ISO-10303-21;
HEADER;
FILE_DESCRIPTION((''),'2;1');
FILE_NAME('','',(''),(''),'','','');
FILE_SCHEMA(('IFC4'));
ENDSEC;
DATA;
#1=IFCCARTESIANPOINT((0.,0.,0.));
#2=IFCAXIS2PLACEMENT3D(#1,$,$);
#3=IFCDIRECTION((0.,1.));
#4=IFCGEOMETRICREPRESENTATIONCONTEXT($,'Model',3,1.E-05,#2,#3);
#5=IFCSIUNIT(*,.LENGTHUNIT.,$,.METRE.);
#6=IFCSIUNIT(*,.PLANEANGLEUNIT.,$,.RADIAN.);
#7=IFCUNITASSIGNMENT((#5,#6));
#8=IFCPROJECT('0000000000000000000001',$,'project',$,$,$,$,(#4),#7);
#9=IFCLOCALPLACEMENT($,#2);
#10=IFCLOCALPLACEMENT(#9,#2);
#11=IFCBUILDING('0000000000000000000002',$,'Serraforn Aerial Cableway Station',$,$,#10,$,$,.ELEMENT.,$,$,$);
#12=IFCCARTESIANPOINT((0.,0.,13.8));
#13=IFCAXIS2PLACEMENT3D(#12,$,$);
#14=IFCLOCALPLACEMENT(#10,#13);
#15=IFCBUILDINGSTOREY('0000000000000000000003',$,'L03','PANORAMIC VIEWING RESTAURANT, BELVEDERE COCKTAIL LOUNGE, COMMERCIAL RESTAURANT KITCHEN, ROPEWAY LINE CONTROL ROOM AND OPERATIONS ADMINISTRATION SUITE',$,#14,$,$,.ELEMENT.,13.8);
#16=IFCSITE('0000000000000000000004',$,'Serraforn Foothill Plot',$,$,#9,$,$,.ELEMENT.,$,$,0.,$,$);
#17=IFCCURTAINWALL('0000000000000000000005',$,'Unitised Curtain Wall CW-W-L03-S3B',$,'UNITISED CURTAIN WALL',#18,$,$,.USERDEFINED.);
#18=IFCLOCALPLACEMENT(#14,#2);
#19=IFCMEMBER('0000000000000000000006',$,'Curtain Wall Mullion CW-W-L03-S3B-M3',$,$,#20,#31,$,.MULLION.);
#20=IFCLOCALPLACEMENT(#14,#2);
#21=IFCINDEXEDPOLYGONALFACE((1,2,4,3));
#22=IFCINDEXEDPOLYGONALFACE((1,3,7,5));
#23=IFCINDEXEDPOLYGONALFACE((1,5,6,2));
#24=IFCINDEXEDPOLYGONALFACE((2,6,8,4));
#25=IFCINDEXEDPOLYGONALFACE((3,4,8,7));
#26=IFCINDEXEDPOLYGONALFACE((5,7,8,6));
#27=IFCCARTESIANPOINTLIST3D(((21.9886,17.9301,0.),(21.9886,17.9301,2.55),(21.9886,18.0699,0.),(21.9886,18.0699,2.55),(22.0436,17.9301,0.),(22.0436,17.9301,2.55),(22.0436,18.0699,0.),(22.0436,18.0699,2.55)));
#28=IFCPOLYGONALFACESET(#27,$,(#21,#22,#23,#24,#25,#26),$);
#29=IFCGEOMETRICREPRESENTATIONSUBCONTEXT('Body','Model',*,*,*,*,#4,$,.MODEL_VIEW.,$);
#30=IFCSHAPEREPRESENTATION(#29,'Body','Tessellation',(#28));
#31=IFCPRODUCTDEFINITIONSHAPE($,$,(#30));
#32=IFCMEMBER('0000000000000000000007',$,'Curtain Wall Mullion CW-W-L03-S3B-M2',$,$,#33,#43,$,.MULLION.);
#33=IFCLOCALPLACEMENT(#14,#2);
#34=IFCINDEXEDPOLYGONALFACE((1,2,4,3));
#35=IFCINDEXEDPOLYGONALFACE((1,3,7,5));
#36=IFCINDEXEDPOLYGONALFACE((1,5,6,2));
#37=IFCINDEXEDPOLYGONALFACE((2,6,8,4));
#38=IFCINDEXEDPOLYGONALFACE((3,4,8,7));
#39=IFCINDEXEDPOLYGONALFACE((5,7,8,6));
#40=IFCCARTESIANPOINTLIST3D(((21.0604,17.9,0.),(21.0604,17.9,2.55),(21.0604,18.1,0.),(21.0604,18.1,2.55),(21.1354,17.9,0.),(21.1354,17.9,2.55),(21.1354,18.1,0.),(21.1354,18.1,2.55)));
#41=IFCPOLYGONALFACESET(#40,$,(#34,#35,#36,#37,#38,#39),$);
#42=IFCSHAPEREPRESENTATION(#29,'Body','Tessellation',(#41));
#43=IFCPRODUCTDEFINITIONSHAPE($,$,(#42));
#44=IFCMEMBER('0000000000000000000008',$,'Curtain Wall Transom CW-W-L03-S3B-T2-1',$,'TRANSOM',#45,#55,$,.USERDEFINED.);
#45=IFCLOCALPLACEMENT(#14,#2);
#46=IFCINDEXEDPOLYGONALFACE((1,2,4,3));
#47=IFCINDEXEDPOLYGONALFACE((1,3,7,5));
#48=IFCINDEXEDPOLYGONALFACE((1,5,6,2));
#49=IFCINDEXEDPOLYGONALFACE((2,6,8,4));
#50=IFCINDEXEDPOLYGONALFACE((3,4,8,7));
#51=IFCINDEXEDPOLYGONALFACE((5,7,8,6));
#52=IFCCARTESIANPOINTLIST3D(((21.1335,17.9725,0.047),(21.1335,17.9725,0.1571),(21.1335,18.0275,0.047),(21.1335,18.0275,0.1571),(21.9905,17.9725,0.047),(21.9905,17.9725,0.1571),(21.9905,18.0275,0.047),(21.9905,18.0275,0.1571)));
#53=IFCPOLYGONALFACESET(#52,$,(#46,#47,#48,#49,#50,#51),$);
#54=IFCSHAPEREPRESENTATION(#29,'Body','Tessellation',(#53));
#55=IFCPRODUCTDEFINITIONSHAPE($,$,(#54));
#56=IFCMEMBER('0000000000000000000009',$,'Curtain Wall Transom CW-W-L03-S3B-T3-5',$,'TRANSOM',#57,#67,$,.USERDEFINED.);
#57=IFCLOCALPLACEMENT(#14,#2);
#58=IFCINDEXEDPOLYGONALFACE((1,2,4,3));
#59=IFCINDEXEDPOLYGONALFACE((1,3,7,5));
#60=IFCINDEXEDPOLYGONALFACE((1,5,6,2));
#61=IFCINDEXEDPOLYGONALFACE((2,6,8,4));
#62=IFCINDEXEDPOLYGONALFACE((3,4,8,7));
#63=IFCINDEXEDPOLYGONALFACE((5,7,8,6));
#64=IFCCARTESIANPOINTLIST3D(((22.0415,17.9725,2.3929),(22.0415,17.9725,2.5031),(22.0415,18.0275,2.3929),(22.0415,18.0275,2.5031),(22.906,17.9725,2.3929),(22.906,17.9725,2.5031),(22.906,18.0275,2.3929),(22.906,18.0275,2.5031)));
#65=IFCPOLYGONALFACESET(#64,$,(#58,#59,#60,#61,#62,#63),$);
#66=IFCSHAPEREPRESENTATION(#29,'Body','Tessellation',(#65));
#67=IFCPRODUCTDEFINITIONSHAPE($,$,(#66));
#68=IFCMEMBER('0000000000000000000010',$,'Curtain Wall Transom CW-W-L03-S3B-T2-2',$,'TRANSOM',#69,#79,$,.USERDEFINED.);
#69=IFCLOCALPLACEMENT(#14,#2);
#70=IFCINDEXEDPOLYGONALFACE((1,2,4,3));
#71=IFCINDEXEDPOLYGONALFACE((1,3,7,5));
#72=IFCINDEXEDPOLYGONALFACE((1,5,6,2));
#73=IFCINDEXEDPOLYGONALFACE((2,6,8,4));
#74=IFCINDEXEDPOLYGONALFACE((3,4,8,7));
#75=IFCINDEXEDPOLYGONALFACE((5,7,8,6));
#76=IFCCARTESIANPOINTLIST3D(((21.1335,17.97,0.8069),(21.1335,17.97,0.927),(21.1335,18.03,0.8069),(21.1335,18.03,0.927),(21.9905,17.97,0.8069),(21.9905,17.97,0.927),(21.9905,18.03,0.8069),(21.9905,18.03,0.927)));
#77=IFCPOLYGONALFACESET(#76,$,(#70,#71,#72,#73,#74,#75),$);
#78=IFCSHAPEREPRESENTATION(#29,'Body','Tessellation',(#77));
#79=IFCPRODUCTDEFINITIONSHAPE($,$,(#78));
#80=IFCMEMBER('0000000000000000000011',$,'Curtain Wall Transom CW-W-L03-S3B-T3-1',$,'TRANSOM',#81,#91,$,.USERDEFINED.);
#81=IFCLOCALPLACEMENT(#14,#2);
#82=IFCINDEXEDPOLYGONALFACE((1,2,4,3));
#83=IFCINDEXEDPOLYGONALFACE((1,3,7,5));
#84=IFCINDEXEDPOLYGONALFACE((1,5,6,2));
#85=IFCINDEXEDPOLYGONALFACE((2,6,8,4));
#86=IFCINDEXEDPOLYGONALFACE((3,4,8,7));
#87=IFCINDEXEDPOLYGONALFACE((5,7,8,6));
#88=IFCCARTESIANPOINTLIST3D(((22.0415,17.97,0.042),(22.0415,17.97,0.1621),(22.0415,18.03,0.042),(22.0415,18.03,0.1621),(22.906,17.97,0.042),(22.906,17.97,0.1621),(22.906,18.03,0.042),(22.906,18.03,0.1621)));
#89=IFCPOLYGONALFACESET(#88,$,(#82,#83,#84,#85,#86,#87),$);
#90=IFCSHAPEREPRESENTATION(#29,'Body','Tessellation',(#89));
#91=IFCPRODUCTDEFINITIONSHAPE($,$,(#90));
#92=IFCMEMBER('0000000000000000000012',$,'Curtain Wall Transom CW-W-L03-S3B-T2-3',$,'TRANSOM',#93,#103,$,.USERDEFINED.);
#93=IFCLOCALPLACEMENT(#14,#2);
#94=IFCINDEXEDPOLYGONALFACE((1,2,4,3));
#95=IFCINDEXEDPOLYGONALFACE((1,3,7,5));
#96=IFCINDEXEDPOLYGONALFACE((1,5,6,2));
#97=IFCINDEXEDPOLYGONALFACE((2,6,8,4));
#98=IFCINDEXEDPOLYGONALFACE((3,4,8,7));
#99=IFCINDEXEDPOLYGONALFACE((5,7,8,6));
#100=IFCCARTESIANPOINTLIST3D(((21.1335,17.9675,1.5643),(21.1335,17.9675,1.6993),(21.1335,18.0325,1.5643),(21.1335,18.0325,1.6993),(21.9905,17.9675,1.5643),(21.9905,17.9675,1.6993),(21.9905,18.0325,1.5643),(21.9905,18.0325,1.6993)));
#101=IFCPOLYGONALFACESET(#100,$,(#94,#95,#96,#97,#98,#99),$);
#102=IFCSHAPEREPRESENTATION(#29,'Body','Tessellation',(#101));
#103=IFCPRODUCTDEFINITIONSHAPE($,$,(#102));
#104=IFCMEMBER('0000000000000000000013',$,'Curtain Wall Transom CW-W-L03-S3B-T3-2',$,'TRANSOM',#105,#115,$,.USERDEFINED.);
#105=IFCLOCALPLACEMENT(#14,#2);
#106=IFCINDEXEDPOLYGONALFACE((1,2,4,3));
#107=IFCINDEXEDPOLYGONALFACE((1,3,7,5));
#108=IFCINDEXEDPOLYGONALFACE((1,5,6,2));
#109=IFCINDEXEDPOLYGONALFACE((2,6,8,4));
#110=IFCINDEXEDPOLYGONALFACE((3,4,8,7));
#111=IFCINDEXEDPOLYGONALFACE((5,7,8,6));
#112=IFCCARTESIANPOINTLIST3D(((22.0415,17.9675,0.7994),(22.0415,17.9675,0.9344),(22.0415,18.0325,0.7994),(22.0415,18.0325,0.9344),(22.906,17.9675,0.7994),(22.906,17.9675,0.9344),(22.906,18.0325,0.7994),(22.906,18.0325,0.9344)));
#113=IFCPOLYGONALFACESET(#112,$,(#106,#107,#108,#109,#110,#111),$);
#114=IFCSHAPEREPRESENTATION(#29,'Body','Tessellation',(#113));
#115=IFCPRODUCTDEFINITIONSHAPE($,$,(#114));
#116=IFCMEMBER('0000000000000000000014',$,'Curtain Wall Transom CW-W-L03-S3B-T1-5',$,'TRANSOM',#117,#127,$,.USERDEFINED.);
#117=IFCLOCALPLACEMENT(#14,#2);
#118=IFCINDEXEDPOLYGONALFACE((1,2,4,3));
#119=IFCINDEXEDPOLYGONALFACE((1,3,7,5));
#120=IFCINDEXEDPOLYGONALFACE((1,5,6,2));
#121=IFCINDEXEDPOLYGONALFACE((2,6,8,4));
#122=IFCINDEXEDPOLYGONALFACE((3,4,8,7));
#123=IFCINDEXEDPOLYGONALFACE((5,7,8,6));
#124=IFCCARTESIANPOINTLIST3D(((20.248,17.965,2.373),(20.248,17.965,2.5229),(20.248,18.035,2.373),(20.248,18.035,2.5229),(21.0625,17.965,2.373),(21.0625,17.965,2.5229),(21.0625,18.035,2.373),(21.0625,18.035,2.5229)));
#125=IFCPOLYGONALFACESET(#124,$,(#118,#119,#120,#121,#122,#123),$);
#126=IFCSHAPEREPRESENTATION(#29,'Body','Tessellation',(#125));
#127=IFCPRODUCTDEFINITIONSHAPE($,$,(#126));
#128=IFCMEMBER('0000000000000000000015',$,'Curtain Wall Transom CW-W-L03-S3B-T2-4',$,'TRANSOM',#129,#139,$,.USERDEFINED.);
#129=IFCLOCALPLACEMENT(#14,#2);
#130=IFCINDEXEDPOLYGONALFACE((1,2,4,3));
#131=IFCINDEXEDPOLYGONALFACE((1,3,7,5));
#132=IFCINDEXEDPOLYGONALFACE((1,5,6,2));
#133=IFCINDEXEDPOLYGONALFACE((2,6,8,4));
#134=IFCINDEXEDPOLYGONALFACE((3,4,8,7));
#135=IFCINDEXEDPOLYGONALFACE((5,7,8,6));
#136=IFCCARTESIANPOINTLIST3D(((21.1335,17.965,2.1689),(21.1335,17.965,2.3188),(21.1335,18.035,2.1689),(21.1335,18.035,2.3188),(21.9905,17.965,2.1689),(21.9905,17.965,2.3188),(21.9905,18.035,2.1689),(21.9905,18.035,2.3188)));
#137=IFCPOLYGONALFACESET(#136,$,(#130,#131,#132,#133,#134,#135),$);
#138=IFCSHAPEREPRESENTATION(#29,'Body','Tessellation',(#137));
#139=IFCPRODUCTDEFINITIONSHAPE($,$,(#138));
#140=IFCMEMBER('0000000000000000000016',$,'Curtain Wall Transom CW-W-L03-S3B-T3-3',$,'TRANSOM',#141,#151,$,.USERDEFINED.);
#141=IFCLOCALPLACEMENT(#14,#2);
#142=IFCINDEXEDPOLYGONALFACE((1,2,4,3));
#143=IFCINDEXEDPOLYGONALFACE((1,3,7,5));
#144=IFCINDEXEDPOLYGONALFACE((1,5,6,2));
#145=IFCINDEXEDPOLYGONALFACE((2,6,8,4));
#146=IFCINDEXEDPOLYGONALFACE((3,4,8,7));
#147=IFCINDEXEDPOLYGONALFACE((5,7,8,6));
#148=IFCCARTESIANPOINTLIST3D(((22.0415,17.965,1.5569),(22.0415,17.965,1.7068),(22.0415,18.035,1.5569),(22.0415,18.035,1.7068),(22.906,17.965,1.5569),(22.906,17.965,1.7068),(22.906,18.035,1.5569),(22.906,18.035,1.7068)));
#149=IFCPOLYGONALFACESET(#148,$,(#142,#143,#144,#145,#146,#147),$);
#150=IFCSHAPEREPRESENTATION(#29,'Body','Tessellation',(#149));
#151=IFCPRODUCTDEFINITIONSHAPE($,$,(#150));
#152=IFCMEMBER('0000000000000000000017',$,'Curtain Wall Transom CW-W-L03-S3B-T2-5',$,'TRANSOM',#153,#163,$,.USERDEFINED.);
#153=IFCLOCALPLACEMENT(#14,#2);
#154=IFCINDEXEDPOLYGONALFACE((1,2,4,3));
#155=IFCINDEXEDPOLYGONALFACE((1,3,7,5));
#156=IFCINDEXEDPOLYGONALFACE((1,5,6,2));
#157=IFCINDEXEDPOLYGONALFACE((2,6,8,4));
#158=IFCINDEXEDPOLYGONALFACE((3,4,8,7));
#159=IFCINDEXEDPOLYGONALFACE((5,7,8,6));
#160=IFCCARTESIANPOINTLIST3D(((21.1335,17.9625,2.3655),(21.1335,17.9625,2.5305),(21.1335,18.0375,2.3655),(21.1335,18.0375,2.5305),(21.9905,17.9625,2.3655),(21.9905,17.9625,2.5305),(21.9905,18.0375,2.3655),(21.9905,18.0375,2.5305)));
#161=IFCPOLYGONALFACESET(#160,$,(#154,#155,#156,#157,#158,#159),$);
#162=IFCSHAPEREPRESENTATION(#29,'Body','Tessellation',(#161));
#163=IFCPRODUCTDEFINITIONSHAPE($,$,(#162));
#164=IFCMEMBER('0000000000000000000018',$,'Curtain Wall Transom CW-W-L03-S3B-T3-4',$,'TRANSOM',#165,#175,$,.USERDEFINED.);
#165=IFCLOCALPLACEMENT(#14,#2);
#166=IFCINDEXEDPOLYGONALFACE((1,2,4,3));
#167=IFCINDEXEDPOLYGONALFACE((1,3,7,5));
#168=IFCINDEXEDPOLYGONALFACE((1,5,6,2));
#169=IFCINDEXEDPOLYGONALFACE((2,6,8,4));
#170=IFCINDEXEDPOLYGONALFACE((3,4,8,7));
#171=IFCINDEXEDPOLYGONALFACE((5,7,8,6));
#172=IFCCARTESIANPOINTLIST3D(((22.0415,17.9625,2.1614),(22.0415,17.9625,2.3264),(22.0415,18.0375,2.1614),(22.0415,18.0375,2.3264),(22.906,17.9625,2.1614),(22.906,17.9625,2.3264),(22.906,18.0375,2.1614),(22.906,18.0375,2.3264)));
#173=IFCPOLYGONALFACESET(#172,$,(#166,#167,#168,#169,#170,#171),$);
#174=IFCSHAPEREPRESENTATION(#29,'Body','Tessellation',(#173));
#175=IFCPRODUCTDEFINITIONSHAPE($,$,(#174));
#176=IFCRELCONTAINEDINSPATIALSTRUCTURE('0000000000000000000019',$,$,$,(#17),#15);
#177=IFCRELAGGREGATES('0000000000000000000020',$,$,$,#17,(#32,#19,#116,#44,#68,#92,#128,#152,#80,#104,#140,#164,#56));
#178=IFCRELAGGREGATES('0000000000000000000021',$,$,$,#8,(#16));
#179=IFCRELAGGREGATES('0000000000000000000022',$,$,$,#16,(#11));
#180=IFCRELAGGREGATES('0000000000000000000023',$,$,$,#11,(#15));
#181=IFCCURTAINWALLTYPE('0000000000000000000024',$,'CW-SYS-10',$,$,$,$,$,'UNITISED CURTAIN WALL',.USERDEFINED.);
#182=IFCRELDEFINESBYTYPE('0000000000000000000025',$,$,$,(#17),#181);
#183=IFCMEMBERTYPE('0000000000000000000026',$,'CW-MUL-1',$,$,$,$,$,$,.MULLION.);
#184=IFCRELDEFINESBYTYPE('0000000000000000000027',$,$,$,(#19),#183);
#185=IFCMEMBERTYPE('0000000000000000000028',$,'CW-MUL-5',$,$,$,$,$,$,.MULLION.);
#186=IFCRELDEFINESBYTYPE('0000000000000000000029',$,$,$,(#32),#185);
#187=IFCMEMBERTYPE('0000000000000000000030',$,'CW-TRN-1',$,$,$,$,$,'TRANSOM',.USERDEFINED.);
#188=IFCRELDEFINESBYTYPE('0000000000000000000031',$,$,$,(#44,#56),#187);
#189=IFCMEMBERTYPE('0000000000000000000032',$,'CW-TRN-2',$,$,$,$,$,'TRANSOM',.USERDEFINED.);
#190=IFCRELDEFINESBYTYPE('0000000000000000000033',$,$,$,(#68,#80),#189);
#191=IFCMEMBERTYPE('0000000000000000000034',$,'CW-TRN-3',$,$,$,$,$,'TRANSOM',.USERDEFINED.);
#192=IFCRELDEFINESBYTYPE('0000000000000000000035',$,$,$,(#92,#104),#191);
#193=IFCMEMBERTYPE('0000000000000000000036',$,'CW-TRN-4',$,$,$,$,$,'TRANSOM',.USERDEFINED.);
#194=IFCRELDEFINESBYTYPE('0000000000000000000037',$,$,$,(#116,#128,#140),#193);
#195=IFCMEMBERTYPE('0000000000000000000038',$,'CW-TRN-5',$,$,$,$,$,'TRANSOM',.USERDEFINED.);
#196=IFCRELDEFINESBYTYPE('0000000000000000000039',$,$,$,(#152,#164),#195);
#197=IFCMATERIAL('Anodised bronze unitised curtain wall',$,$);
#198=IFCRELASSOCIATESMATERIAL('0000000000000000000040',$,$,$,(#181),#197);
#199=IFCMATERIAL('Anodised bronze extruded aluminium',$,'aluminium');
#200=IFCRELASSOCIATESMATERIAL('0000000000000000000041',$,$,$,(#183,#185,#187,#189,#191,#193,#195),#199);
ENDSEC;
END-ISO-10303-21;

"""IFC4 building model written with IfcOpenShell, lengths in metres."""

from ifc_helpers import new_model, si_unit, direction, frame, origin, origin_2d, place, context, subcontext, project, spatial, rectangle, extrude, material, material_profile, profile_set, type_object, element, aggregate, save


model = new_model("IFC4")

# Units and contexts
model_context = context("Model", 3, precision=1e-05, world=origin(), true_north=direction((0.0, 1.0)))
body_context = subcontext(model_context, "Body", "Model", "MODEL_VIEW")
ifc_project = project(units=[si_unit("LENGTHUNIT", "METRE"), si_unit("PLANEANGLEUNIT", "RADIAN")], contexts=[model_context])

# Site, building, storey
site_placement = place(None, origin())
site = spatial("IfcSite", under=ifc_project, at=site_placement, Name="Serraforn Foothill Plot", CompositionType="ELEMENT", RefElevation=0.0)
building_placement = place(site_placement, origin())
building = spatial("IfcBuilding", under=site, at=building_placement, Name="Serraforn Aerial Cableway Station", CompositionType="ELEMENT")
storey_placement = place(building_placement, frame((0.0, 0.0, 13.8)))
storey = spatial("IfcBuildingStorey", under=building, at=storey_placement, Name="L03", Description="PANORAMIC VIEWING RESTAURANT, BELVEDERE COCKTAIL LOUNGE, COMMERCIAL RESTAURANT KITCHEN, ROPEWAY LINE CONTROL ROOM AND OPERATIONS ADMINISTRATION SUITE", CompositionType="ELEMENT", Elevation=13.8)

# Curtain wall, members
ifc_material_1 = material(Name="Anodised bronze unitised curtain wall")
curtain_wall_type = type_object("IfcCurtainWallType", Name="CW-SYS-10", ElementType="UNITISED CURTAIN WALL", PredefinedType="USERDEFINED", material=ifc_material_1)
curtain_wall_placement = place(storey_placement, origin())
curtain_wall = element("IfcCurtainWall", 1, at=curtain_wall_placement, inside=storey, type_object=curtain_wall_type, Name="Unitised Curtain Wall CW-W-L03-S3B", ObjectType="UNITISED CURTAIN WALL", PredefinedType="USERDEFINED")
ifc_material_2 = material(Name="Anodised bronze extruded aluminium", Category="aluminium")
ifc_material_profile_1 = material_profile(ifc_material_2, rectangle(XDim=0.0549, YDim=0.1399, at=origin_2d()), Name="CW MULLION 55x140")
ifc_profile_set_1 = profile_set([ifc_material_profile_1], Name="Anodised bronze extruded aluminium")
member_type_1 = type_object("IfcMemberType", Name="CW-MUL-1", PredefinedType="MULLION", material=ifc_profile_set_1)
member_1_placement = place(storey_placement, frame((22.0161, 18.0, 0.0), z_axis=(0.0, 0.0, 1.0), x_axis=(1.0, 0.0, 0.0)))
member_1 = element("IfcMember", 2, at=member_1_placement, type_object=member_type_1, Name="Curtain Wall Mullion CW-W-L03-S3B-M3", PredefinedType="MULLION", context=body_context, shape_type="SweptSolid", body=[
    extrude(rectangle(XDim=0.0549, YDim=0.1399, at=origin_2d()), origin(), (0.0, 0.0, 1.0), 2.55),
])
ifc_material_profile_2 = material_profile(ifc_material_2, rectangle(XDim=0.075, YDim=0.2, at=origin_2d()), Name="CW MULLION 75x200")
ifc_profile_set_2 = profile_set([ifc_material_profile_2], Name="Anodised bronze extruded aluminium")
member_type_2 = type_object("IfcMemberType", Name="CW-MUL-5", PredefinedType="MULLION", material=ifc_profile_set_2)
member_2_placement = place(storey_placement, frame((21.0979, 18.0, 0.0), z_axis=(0.0, 0.0, 1.0), x_axis=(1.0, 0.0, 0.0)))
member_2 = element("IfcMember", 3, at=member_2_placement, type_object=member_type_2, Name="Curtain Wall Mullion CW-W-L03-S3B-M2", PredefinedType="MULLION", context=body_context, shape_type="SweptSolid", body=[
    extrude(rectangle(XDim=0.075, YDim=0.2, at=origin_2d()), origin(), (0.0, 0.0, 1.0), 2.55),
])
ifc_material_profile_3 = material_profile(ifc_material_2, rectangle(XDim=0.0549, YDim=0.1101, at=origin_2d()), Name="CW TRANSOM 55x110")
ifc_profile_set_3 = profile_set([ifc_material_profile_3], Name="Anodised bronze extruded aluminium")
member_type_3 = type_object("IfcMemberType", Name="CW-TRN-1", ElementType="TRANSOM", PredefinedType="USERDEFINED", material=ifc_profile_set_3)
member_3_placement = place(storey_placement, frame((21.1335, 18.0, 0.1021), z_axis=(1.0, 0.0, 0.0), x_axis=(0.0, 1.0, 0.0)))
member_3 = element("IfcMember", 4, at=member_3_placement, type_object=member_type_3, Name="Curtain Wall Transom CW-W-L03-S3B-T2-1", ObjectType="TRANSOM", PredefinedType="USERDEFINED", context=body_context, shape_type="SweptSolid", body=[
    extrude(rectangle(XDim=0.0549, YDim=0.1101, at=origin_2d()), origin(), (0.0, 0.0, 1.0), 0.8569),
])
member_4_placement = place(storey_placement, frame((22.0415, 18.0, 2.448), z_axis=(1.0, 0.0, 0.0), x_axis=(0.0, 1.0, 0.0)))
member_4 = element("IfcMember", 5, at=member_4_placement, type_object=member_type_3, Name="Curtain Wall Transom CW-W-L03-S3B-T3-5", ObjectType="TRANSOM", PredefinedType="USERDEFINED", context=body_context, shape_type="SweptSolid", body=[
    extrude(rectangle(XDim=0.0549, YDim=0.1101, at=origin_2d()), origin(), (0.0, 0.0, 1.0), 0.8645),
])
ifc_material_profile_4 = material_profile(ifc_material_2, rectangle(XDim=0.0601, YDim=0.1201, at=origin_2d()), Name="CW TRANSOM 60x120")
ifc_profile_set_4 = profile_set([ifc_material_profile_4], Name="Anodised bronze extruded aluminium")
member_type_4 = type_object("IfcMemberType", Name="CW-TRN-2", ElementType="TRANSOM", PredefinedType="USERDEFINED", material=ifc_profile_set_4)
member_5_placement = place(storey_placement, frame((21.1335, 18.0, 0.8669), z_axis=(1.0, 0.0, 0.0), x_axis=(0.0, 1.0, 0.0)))
member_5 = element("IfcMember", 6, at=member_5_placement, type_object=member_type_4, Name="Curtain Wall Transom CW-W-L03-S3B-T2-2", ObjectType="TRANSOM", PredefinedType="USERDEFINED", context=body_context, shape_type="SweptSolid", body=[
    extrude(rectangle(XDim=0.0601, YDim=0.1201, at=origin_2d()), origin(), (0.0, 0.0, 1.0), 0.8569),
])
member_6_placement = place(storey_placement, frame((22.0415, 18.0, 0.1021), z_axis=(1.0, 0.0, 0.0), x_axis=(0.0, 1.0, 0.0)))
member_6 = element("IfcMember", 7, at=member_6_placement, type_object=member_type_4, Name="Curtain Wall Transom CW-W-L03-S3B-T3-1", ObjectType="TRANSOM", PredefinedType="USERDEFINED", context=body_context, shape_type="SweptSolid", body=[
    extrude(rectangle(XDim=0.0601, YDim=0.1201, at=origin_2d()), origin(), (0.0, 0.0, 1.0), 0.8645),
])
ifc_material_profile_5 = material_profile(ifc_material_2, rectangle(XDim=0.0649, YDim=0.135, at=origin_2d()), Name="CW TRANSOM 65x135")
ifc_profile_set_5 = profile_set([ifc_material_profile_5], Name="Anodised bronze extruded aluminium")
member_type_5 = type_object("IfcMemberType", Name="CW-TRN-3", ElementType="TRANSOM", PredefinedType="USERDEFINED", material=ifc_profile_set_5)
member_7_placement = place(storey_placement, frame((21.1335, 18.0, 1.6318), z_axis=(1.0, 0.0, 0.0), x_axis=(0.0, 1.0, 0.0)))
member_7 = element("IfcMember", 8, at=member_7_placement, type_object=member_type_5, Name="Curtain Wall Transom CW-W-L03-S3B-T2-3", ObjectType="TRANSOM", PredefinedType="USERDEFINED", context=body_context, shape_type="SweptSolid", body=[
    extrude(rectangle(XDim=0.0649, YDim=0.135, at=origin_2d()), origin(), (0.0, 0.0, 1.0), 0.8569),
])
member_8_placement = place(storey_placement, frame((22.0415, 18.0, 0.8669), z_axis=(1.0, 0.0, 0.0), x_axis=(0.0, 1.0, 0.0)))
member_8 = element("IfcMember", 9, at=member_8_placement, type_object=member_type_5, Name="Curtain Wall Transom CW-W-L03-S3B-T3-2", ObjectType="TRANSOM", PredefinedType="USERDEFINED", context=body_context, shape_type="SweptSolid", body=[
    extrude(rectangle(XDim=0.0649, YDim=0.135, at=origin_2d()), origin(), (0.0, 0.0, 1.0), 0.8645),
])
ifc_material_profile_6 = material_profile(ifc_material_2, rectangle(XDim=0.0701, YDim=0.1499, at=origin_2d()), Name="CW TRANSOM 70x150")
ifc_profile_set_6 = profile_set([ifc_material_profile_6], Name="Anodised bronze extruded aluminium")
member_type_6 = type_object("IfcMemberType", Name="CW-TRN-4", ElementType="TRANSOM", PredefinedType="USERDEFINED", material=ifc_profile_set_6)
member_9_placement = place(storey_placement, frame((20.248, 18.0, 2.448), z_axis=(1.0, 0.0, 0.0), x_axis=(0.0, 1.0, 0.0)))
member_9 = element("IfcMember", 10, at=member_9_placement, type_object=member_type_6, Name="Curtain Wall Transom CW-W-L03-S3B-T1-5", ObjectType="TRANSOM", PredefinedType="USERDEFINED", context=body_context, shape_type="SweptSolid", body=[
    extrude(rectangle(XDim=0.0701, YDim=0.1499, at=origin_2d()), origin(), (0.0, 0.0, 1.0), 0.8145),
])
member_10_placement = place(storey_placement, frame((21.1335, 18.0, 2.2439), z_axis=(1.0, 0.0, 0.0), x_axis=(0.0, 1.0, 0.0)))
member_10 = element("IfcMember", 11, at=member_10_placement, type_object=member_type_6, Name="Curtain Wall Transom CW-W-L03-S3B-T2-4", ObjectType="TRANSOM", PredefinedType="USERDEFINED", context=body_context, shape_type="SweptSolid", body=[
    extrude(rectangle(XDim=0.0701, YDim=0.1499, at=origin_2d()), origin(), (0.0, 0.0, 1.0), 0.8569),
])
member_11_placement = place(storey_placement, frame((22.0415, 18.0, 1.6318), z_axis=(1.0, 0.0, 0.0), x_axis=(0.0, 1.0, 0.0)))
member_11 = element("IfcMember", 12, at=member_11_placement, type_object=member_type_6, Name="Curtain Wall Transom CW-W-L03-S3B-T3-3", ObjectType="TRANSOM", PredefinedType="USERDEFINED", context=body_context, shape_type="SweptSolid", body=[
    extrude(rectangle(XDim=0.0701, YDim=0.1499, at=origin_2d()), origin(), (0.0, 0.0, 1.0), 0.8645),
])
ifc_material_profile_7 = material_profile(ifc_material_2, rectangle(XDim=0.075, YDim=0.165, at=origin_2d()), Name="CW TRANSOM 75x165")
ifc_profile_set_7 = profile_set([ifc_material_profile_7], Name="Anodised bronze extruded aluminium")
member_type_7 = type_object("IfcMemberType", Name="CW-TRN-5", ElementType="TRANSOM", PredefinedType="USERDEFINED", material=ifc_profile_set_7)
member_12_placement = place(storey_placement, frame((21.1335, 18.0, 2.448), z_axis=(1.0, 0.0, 0.0), x_axis=(0.0, 1.0, 0.0)))
member_12 = element("IfcMember", 13, at=member_12_placement, type_object=member_type_7, Name="Curtain Wall Transom CW-W-L03-S3B-T2-5", ObjectType="TRANSOM", PredefinedType="USERDEFINED", context=body_context, shape_type="SweptSolid", body=[
    extrude(rectangle(XDim=0.075, YDim=0.165, at=origin_2d()), origin(), (0.0, 0.0, 1.0), 0.8569),
])
member_13_placement = place(storey_placement, frame((22.0415, 18.0, 2.2439), z_axis=(1.0, 0.0, 0.0), x_axis=(0.0, 1.0, 0.0)))
member_13 = element("IfcMember", 14, at=member_13_placement, type_object=member_type_7, Name="Curtain Wall Transom CW-W-L03-S3B-T3-4", ObjectType="TRANSOM", PredefinedType="USERDEFINED", context=body_context, shape_type="SweptSolid", body=[
    extrude(rectangle(XDim=0.075, YDim=0.165, at=origin_2d()), origin(), (0.0, 0.0, 1.0), 0.8645),
])
aggregate(curtain_wall, [member_2, member_1, member_9, member_3, member_5, member_7, member_10, member_12, member_6, member_8, member_11, member_13, member_4])

save(model, "model.ifc")
